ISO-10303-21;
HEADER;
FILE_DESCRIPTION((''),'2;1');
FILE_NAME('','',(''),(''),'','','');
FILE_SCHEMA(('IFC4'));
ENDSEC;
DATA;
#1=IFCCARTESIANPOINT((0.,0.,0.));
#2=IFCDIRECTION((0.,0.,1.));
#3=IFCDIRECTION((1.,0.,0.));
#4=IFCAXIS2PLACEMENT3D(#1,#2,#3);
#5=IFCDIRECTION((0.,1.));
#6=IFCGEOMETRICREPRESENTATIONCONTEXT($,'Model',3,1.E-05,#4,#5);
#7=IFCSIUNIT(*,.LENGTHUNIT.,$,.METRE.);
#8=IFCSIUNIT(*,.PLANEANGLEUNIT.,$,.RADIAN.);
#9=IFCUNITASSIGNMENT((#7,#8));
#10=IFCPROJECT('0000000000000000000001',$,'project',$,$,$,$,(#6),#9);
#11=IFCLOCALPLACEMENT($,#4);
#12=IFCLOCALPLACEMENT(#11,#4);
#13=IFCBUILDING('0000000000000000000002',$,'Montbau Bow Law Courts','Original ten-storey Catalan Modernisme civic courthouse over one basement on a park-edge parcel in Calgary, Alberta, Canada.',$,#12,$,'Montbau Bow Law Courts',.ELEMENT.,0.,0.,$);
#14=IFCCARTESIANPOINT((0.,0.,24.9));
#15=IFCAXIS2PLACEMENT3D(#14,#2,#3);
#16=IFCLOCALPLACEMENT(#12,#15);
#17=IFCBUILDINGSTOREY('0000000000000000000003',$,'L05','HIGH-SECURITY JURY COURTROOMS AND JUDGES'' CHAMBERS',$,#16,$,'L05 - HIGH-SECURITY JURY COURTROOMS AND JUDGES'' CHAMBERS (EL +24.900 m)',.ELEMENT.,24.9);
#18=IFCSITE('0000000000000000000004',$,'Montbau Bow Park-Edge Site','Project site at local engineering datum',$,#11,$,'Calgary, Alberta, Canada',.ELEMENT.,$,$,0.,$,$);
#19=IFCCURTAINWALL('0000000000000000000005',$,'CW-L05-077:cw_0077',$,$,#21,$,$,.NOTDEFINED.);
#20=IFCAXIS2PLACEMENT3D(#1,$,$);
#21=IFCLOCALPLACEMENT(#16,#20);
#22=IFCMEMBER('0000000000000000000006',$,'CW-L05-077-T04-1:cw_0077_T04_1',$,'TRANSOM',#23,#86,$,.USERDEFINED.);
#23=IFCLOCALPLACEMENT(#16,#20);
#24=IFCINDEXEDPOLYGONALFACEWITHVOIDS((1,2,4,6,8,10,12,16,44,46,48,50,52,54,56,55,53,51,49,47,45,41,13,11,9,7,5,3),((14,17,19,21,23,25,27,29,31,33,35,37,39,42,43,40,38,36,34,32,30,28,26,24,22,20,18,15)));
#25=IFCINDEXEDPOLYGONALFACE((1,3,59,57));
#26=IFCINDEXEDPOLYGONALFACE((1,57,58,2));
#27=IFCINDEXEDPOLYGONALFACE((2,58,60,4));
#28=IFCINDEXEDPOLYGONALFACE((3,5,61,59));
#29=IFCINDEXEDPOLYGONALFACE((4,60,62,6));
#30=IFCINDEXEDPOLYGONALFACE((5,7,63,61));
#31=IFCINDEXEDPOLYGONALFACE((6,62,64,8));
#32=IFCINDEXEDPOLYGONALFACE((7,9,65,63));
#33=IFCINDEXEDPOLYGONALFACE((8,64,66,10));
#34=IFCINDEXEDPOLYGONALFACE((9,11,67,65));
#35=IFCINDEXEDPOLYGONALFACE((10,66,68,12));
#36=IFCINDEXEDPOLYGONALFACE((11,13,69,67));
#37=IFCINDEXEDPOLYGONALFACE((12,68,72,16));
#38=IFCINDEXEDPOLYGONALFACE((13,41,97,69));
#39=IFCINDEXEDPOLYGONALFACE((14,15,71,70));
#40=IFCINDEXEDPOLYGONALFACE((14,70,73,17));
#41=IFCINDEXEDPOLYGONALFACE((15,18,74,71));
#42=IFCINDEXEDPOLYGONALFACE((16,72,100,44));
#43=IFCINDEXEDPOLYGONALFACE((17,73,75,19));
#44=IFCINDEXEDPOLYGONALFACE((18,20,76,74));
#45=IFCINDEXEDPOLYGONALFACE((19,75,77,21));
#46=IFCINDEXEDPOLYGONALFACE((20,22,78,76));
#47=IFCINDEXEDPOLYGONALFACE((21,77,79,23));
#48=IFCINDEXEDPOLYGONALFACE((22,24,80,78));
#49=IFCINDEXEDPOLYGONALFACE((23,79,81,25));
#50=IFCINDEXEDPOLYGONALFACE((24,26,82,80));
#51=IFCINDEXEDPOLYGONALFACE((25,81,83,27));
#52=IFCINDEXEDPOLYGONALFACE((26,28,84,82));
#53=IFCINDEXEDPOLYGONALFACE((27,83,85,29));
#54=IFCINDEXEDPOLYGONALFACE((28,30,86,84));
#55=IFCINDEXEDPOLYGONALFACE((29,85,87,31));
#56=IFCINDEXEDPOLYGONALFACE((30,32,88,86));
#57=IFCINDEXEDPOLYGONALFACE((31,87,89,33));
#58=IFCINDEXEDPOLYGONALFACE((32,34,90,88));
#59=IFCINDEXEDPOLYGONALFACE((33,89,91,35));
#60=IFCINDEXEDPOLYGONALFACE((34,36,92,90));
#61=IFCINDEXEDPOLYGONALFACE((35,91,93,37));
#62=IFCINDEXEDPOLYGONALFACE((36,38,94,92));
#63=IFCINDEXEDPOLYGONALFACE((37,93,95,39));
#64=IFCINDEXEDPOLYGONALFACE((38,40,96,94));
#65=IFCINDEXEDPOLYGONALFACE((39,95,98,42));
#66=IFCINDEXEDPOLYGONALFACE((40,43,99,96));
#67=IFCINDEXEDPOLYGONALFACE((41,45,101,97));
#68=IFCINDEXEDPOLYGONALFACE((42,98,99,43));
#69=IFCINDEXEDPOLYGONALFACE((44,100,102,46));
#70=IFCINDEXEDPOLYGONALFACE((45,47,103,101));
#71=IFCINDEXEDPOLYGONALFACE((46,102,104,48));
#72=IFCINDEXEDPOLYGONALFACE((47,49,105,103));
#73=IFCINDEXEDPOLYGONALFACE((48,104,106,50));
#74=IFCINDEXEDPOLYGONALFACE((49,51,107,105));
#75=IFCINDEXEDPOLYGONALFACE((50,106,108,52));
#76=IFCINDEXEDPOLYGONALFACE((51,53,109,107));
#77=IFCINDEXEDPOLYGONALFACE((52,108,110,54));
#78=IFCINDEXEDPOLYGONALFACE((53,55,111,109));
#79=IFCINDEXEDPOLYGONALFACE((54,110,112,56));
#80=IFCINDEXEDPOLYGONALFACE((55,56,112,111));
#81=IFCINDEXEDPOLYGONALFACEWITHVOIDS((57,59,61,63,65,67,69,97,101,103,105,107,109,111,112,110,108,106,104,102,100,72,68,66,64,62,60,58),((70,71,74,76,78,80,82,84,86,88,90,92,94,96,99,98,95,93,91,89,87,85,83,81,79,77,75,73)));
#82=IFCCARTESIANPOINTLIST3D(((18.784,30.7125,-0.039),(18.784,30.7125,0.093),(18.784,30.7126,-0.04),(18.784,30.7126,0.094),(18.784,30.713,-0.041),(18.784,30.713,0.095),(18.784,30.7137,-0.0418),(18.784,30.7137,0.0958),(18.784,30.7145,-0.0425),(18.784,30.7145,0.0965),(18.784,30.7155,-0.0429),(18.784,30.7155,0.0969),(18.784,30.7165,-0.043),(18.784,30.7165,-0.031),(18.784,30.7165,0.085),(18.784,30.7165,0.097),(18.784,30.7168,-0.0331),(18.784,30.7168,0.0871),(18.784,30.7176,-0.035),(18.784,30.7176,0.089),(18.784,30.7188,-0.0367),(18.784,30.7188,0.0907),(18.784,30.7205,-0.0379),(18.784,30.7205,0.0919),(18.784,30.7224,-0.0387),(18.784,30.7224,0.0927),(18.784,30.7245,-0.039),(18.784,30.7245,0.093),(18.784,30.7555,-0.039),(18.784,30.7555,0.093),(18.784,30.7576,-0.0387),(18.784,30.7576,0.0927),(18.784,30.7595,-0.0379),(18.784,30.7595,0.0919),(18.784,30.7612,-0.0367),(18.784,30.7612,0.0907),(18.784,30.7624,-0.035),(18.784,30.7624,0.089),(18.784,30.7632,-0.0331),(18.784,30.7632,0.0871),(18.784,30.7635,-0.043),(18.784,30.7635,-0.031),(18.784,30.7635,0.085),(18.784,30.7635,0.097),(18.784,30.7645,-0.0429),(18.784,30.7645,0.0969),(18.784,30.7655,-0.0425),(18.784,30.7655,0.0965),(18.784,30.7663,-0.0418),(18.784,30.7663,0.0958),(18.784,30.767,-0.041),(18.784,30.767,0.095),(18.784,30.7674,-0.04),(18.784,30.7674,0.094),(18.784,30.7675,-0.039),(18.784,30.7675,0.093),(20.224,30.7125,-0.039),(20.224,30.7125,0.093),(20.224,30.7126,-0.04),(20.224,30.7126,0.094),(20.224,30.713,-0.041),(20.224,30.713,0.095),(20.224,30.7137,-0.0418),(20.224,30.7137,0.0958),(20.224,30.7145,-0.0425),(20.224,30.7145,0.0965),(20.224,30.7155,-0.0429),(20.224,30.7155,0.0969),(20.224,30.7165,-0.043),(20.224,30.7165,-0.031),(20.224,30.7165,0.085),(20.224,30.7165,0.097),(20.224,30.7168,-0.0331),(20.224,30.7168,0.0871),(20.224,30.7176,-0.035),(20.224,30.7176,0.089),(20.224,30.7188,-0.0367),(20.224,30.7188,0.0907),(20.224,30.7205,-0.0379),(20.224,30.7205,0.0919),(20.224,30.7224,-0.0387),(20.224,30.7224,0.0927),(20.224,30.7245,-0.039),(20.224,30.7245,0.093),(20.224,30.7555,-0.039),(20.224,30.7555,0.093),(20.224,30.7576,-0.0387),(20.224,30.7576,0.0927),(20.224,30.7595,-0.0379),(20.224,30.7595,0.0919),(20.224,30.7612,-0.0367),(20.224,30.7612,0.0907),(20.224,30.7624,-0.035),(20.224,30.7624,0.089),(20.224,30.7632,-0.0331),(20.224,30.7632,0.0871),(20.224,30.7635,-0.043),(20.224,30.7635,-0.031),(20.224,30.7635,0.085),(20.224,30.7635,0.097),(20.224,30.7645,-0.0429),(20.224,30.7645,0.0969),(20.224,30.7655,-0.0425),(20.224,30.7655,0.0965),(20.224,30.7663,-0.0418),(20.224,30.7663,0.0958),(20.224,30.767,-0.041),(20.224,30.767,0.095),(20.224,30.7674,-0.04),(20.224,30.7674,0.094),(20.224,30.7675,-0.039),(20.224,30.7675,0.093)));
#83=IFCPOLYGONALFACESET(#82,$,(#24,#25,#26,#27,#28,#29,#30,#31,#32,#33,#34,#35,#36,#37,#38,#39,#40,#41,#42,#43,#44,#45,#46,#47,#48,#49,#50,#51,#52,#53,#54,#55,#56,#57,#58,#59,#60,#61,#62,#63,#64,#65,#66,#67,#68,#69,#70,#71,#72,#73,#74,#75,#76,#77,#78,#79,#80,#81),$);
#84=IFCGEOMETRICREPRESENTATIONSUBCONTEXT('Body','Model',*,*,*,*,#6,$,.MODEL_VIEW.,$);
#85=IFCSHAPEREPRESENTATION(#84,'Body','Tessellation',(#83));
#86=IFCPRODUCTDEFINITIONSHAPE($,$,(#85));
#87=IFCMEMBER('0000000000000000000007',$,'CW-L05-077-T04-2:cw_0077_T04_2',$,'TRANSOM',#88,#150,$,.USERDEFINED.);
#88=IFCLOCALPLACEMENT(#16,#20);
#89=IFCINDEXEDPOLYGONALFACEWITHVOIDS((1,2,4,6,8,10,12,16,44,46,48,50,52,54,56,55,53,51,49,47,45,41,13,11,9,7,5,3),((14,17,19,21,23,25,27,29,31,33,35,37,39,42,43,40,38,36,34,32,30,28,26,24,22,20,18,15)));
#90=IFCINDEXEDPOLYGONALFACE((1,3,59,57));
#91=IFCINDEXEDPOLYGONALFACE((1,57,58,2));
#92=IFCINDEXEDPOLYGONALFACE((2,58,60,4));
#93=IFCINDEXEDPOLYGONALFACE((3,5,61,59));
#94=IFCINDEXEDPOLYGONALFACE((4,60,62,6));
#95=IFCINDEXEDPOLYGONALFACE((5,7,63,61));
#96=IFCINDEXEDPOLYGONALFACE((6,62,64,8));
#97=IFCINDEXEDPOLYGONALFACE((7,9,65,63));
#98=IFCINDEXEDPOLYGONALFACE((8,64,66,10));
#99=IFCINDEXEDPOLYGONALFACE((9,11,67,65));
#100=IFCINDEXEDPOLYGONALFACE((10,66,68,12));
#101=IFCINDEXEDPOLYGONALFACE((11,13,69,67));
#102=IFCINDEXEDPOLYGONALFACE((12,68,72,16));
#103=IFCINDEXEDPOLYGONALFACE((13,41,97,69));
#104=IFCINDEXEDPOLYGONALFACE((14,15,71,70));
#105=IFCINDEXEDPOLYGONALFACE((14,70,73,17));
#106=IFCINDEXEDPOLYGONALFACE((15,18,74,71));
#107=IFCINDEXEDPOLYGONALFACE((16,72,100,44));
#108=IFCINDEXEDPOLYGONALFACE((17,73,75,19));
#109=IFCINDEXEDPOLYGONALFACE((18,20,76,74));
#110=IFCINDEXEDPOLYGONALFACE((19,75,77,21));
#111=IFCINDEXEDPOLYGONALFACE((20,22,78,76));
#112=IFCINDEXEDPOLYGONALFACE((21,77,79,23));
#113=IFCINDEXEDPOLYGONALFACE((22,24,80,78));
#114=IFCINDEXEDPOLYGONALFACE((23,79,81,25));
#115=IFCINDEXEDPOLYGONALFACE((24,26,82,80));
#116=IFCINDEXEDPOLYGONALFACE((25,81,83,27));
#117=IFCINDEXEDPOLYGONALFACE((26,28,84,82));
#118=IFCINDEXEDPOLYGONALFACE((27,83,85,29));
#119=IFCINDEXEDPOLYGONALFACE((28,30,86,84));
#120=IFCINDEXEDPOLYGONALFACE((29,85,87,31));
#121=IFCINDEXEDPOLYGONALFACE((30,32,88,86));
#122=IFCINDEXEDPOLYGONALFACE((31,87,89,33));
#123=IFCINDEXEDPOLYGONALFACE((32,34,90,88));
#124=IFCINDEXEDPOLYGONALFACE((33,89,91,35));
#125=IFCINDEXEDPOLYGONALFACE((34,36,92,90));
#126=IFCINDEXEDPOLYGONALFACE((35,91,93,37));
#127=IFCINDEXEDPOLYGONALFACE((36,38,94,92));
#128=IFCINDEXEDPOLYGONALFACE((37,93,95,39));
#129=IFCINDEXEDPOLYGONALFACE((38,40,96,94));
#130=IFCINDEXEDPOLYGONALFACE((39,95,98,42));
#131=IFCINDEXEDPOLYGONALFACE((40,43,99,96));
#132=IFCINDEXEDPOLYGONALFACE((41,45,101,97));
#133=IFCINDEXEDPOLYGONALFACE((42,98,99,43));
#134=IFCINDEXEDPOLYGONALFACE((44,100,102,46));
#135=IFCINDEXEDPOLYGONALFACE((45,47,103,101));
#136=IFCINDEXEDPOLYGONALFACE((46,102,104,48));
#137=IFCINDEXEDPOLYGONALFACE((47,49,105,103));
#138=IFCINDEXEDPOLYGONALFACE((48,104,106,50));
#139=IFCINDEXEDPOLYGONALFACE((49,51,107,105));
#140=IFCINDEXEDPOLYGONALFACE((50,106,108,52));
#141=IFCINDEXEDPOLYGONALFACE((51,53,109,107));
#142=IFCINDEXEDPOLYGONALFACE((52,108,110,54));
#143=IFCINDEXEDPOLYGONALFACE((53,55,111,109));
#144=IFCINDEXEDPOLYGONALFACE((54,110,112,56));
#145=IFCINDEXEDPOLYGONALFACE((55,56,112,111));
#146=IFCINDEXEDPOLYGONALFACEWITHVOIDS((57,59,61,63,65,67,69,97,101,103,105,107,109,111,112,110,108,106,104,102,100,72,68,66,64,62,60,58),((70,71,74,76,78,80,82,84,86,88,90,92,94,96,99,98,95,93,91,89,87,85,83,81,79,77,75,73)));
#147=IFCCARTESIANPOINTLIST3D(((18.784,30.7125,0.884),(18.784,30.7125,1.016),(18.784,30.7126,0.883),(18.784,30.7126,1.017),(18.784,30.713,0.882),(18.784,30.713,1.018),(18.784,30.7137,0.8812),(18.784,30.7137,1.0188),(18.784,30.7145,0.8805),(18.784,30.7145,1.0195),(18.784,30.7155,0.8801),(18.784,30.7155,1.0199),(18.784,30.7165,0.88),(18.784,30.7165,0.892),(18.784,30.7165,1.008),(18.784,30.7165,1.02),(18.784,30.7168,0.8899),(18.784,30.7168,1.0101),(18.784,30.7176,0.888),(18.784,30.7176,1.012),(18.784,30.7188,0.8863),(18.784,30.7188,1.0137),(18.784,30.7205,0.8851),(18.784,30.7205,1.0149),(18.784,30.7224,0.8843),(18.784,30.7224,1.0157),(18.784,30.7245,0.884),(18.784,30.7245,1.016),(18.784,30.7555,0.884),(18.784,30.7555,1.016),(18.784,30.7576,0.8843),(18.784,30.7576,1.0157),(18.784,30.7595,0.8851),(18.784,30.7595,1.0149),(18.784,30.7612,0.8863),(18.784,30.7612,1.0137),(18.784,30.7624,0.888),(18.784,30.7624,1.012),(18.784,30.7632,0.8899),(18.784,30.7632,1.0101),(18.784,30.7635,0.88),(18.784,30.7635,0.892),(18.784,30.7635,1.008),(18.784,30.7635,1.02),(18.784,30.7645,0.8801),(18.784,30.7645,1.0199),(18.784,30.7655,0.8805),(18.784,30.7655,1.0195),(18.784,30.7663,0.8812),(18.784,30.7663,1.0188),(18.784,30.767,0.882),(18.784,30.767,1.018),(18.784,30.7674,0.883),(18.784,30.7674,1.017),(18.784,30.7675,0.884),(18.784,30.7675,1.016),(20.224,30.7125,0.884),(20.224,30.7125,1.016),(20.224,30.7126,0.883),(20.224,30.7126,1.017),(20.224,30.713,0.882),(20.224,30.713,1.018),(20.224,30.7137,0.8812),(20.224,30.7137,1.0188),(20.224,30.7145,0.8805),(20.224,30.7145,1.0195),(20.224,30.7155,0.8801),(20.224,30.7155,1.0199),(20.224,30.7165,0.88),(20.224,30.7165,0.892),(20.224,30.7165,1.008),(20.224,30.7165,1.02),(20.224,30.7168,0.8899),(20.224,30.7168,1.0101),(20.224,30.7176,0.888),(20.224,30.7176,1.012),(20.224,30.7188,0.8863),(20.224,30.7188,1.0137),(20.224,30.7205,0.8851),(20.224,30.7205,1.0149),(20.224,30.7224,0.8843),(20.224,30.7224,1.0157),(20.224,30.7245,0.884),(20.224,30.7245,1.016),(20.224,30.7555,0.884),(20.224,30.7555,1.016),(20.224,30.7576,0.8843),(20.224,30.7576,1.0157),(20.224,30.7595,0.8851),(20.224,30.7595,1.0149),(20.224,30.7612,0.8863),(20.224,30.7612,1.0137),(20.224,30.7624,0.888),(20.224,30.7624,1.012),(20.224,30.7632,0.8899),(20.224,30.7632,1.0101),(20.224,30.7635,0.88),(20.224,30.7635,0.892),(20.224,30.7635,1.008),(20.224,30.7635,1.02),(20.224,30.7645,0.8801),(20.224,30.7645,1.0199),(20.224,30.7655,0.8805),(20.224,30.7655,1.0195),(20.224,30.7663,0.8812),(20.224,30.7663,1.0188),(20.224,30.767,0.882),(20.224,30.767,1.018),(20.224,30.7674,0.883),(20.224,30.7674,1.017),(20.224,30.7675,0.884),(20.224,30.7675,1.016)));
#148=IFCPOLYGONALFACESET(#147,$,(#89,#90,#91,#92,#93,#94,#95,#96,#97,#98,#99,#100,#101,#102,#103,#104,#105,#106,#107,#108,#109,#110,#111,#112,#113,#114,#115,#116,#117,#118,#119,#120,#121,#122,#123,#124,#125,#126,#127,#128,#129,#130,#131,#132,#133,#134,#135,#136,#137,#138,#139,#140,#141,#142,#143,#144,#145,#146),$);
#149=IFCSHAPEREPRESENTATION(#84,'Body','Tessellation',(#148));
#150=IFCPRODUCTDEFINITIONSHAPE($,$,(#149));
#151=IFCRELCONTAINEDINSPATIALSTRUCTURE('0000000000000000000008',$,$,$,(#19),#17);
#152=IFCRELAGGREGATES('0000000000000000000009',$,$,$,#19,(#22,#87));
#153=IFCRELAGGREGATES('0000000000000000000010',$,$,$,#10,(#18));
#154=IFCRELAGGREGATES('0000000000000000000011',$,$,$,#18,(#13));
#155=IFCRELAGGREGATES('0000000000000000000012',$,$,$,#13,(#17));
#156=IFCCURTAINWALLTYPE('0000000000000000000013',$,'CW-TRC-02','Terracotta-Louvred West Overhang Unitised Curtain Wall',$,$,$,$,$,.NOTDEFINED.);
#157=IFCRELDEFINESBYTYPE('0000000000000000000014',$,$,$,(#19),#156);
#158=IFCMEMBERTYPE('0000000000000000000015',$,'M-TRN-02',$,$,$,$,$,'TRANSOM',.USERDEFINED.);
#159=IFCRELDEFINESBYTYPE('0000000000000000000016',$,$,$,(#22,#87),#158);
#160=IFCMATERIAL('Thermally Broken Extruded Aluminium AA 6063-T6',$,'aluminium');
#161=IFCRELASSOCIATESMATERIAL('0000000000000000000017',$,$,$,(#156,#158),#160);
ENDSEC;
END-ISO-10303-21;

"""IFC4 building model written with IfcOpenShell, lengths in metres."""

from ifc_helpers import new_model, si_unit, direction, frame, origin_with_axes, origin_2d_with_axis, place, context, subcontext, project, spatial, hollow_rectangle, extrude, material, material_profile, profile_set, type_object, element, aggregate, save


model = new_model("IFC4")

# Units and contexts
model_context = context("Model", 3, precision=1e-05, world=origin_with_axes(), true_north=direction((0.0, 1.0)))
body_context = subcontext(model_context, "Body", "Model", "MODEL_VIEW")
ifc_project = project(units=[si_unit("LENGTHUNIT", "METRE"), si_unit("PLANEANGLEUNIT", "RADIAN")], contexts=[model_context])

# Site, building, storey
site_placement = place(None, origin_with_axes())
site = spatial("IfcSite", under=ifc_project, at=site_placement, Name="Montbau Bow Park-Edge Site", Description="Project site at local engineering datum", LongName="Calgary, Alberta, Canada", CompositionType="ELEMENT", RefElevation=0.0)
building_placement = place(site_placement, origin_with_axes())
building = spatial("IfcBuilding", under=site, at=building_placement, Name="Montbau Bow Law Courts", Description="Original ten-storey Catalan Modernisme civic courthouse over one basement on a park-edge parcel in Calgary, Alberta, Canada.", LongName="Montbau Bow Law Courts", CompositionType="ELEMENT", ElevationOfRefHeight=0.0, ElevationOfTerrain=0.0)
storey_placement = place(building_placement, frame((0.0, 0.0, 24.9), z_axis=(0.0, 0.0, 1.0), x_axis=(1.0, 0.0, 0.0)))
storey = spatial("IfcBuildingStorey", under=building, at=storey_placement, Name="L05", Description="HIGH-SECURITY JURY COURTROOMS AND JUDGES' CHAMBERS", LongName="L05 - HIGH-SECURITY JURY COURTROOMS AND JUDGES' CHAMBERS (EL +24.900 m)", CompositionType="ELEMENT", Elevation=24.9)

# Shared definitions
ifc_material_1 = material(Name="Thermally Broken Extruded Aluminium AA 6063-T6", Category="aluminium")
curtain_wall_type = type_object("IfcCurtainWallType", Name="CW-TRC-02", Description="Terracotta-Louvred West Overhang Unitised Curtain Wall", PredefinedType="NOTDEFINED", material=ifc_material_1)

# Curtain wall, members
curtain_wall_1_placement = place(None, frame((14.24, 30.74, 24.9), z_axis=(0.0, 0.0, 1.0), x_axis=(1.0, 0.0, 0.0)))
curtain_wall_1 = element("IfcCurtainWall", 1, at=curtain_wall_1_placement, inside=storey, type_object=curtain_wall_type, Name="CW-L05-077:cw_0077", PredefinedType="NOTDEFINED")
ifc_material_profile_1 = material_profile(ifc_material_1, hollow_rectangle(XDim=0.055, YDim=0.14, WallThickness=0.004, InnerFilletRadius=0.008, OuterFilletRadius=0.004, at=origin_2d_with_axis()), Name="CWT-140X55", Category="Main", Priority=0)
ifc_profile_set_1 = profile_set([ifc_material_profile_1], Name="Thermally Broken Extruded Aluminium AA 6063-T6")
member_type_1 = type_object("IfcMemberType", Name="M-TRN-02", ElementType="TRANSOM", PredefinedType="USERDEFINED", material=ifc_profile_set_1)
member_1_placement = place(None, frame((18.784, 30.74, 24.927), z_axis=(1.0, 0.0, 0.0), x_axis=(0.0, 1.0, 0.0)))
member_1 = element("IfcMember", 2, at=member_1_placement, type_object=member_type_1, Name="CW-L05-077-T04-1:cw_0077_T04_1", ObjectType="TRANSOM", PredefinedType="USERDEFINED", context=body_context, shape_type="SweptSolid", body=[
    extrude(hollow_rectangle(XDim=0.055, YDim=0.14, WallThickness=0.004, InnerFilletRadius=0.008, OuterFilletRadius=0.004, at=origin_2d_with_axis()), origin_with_axes(), (0.0, 0.0, 1.0), 1.44),
])
member_2_placement = place(None, frame((18.784, 30.74, 25.85), z_axis=(1.0, 0.0, 0.0), x_axis=(0.0, 1.0, 0.0)))
member_2 = element("IfcMember", 3, at=member_2_placement, type_object=member_type_1, Name="CW-L05-077-T04-2:cw_0077_T04_2", ObjectType="TRANSOM", PredefinedType="USERDEFINED", context=body_context, shape_type="SweptSolid", body=[
    extrude(hollow_rectangle(XDim=0.055, YDim=0.14, WallThickness=0.004, InnerFilletRadius=0.008, OuterFilletRadius=0.004, at=origin_2d_with_axis()), origin_with_axes(), (0.0, 0.0, 1.0), 1.44),
])

aggregate(curtain_wall_1, [member_1, member_2])

save(model, "model.ifc")
